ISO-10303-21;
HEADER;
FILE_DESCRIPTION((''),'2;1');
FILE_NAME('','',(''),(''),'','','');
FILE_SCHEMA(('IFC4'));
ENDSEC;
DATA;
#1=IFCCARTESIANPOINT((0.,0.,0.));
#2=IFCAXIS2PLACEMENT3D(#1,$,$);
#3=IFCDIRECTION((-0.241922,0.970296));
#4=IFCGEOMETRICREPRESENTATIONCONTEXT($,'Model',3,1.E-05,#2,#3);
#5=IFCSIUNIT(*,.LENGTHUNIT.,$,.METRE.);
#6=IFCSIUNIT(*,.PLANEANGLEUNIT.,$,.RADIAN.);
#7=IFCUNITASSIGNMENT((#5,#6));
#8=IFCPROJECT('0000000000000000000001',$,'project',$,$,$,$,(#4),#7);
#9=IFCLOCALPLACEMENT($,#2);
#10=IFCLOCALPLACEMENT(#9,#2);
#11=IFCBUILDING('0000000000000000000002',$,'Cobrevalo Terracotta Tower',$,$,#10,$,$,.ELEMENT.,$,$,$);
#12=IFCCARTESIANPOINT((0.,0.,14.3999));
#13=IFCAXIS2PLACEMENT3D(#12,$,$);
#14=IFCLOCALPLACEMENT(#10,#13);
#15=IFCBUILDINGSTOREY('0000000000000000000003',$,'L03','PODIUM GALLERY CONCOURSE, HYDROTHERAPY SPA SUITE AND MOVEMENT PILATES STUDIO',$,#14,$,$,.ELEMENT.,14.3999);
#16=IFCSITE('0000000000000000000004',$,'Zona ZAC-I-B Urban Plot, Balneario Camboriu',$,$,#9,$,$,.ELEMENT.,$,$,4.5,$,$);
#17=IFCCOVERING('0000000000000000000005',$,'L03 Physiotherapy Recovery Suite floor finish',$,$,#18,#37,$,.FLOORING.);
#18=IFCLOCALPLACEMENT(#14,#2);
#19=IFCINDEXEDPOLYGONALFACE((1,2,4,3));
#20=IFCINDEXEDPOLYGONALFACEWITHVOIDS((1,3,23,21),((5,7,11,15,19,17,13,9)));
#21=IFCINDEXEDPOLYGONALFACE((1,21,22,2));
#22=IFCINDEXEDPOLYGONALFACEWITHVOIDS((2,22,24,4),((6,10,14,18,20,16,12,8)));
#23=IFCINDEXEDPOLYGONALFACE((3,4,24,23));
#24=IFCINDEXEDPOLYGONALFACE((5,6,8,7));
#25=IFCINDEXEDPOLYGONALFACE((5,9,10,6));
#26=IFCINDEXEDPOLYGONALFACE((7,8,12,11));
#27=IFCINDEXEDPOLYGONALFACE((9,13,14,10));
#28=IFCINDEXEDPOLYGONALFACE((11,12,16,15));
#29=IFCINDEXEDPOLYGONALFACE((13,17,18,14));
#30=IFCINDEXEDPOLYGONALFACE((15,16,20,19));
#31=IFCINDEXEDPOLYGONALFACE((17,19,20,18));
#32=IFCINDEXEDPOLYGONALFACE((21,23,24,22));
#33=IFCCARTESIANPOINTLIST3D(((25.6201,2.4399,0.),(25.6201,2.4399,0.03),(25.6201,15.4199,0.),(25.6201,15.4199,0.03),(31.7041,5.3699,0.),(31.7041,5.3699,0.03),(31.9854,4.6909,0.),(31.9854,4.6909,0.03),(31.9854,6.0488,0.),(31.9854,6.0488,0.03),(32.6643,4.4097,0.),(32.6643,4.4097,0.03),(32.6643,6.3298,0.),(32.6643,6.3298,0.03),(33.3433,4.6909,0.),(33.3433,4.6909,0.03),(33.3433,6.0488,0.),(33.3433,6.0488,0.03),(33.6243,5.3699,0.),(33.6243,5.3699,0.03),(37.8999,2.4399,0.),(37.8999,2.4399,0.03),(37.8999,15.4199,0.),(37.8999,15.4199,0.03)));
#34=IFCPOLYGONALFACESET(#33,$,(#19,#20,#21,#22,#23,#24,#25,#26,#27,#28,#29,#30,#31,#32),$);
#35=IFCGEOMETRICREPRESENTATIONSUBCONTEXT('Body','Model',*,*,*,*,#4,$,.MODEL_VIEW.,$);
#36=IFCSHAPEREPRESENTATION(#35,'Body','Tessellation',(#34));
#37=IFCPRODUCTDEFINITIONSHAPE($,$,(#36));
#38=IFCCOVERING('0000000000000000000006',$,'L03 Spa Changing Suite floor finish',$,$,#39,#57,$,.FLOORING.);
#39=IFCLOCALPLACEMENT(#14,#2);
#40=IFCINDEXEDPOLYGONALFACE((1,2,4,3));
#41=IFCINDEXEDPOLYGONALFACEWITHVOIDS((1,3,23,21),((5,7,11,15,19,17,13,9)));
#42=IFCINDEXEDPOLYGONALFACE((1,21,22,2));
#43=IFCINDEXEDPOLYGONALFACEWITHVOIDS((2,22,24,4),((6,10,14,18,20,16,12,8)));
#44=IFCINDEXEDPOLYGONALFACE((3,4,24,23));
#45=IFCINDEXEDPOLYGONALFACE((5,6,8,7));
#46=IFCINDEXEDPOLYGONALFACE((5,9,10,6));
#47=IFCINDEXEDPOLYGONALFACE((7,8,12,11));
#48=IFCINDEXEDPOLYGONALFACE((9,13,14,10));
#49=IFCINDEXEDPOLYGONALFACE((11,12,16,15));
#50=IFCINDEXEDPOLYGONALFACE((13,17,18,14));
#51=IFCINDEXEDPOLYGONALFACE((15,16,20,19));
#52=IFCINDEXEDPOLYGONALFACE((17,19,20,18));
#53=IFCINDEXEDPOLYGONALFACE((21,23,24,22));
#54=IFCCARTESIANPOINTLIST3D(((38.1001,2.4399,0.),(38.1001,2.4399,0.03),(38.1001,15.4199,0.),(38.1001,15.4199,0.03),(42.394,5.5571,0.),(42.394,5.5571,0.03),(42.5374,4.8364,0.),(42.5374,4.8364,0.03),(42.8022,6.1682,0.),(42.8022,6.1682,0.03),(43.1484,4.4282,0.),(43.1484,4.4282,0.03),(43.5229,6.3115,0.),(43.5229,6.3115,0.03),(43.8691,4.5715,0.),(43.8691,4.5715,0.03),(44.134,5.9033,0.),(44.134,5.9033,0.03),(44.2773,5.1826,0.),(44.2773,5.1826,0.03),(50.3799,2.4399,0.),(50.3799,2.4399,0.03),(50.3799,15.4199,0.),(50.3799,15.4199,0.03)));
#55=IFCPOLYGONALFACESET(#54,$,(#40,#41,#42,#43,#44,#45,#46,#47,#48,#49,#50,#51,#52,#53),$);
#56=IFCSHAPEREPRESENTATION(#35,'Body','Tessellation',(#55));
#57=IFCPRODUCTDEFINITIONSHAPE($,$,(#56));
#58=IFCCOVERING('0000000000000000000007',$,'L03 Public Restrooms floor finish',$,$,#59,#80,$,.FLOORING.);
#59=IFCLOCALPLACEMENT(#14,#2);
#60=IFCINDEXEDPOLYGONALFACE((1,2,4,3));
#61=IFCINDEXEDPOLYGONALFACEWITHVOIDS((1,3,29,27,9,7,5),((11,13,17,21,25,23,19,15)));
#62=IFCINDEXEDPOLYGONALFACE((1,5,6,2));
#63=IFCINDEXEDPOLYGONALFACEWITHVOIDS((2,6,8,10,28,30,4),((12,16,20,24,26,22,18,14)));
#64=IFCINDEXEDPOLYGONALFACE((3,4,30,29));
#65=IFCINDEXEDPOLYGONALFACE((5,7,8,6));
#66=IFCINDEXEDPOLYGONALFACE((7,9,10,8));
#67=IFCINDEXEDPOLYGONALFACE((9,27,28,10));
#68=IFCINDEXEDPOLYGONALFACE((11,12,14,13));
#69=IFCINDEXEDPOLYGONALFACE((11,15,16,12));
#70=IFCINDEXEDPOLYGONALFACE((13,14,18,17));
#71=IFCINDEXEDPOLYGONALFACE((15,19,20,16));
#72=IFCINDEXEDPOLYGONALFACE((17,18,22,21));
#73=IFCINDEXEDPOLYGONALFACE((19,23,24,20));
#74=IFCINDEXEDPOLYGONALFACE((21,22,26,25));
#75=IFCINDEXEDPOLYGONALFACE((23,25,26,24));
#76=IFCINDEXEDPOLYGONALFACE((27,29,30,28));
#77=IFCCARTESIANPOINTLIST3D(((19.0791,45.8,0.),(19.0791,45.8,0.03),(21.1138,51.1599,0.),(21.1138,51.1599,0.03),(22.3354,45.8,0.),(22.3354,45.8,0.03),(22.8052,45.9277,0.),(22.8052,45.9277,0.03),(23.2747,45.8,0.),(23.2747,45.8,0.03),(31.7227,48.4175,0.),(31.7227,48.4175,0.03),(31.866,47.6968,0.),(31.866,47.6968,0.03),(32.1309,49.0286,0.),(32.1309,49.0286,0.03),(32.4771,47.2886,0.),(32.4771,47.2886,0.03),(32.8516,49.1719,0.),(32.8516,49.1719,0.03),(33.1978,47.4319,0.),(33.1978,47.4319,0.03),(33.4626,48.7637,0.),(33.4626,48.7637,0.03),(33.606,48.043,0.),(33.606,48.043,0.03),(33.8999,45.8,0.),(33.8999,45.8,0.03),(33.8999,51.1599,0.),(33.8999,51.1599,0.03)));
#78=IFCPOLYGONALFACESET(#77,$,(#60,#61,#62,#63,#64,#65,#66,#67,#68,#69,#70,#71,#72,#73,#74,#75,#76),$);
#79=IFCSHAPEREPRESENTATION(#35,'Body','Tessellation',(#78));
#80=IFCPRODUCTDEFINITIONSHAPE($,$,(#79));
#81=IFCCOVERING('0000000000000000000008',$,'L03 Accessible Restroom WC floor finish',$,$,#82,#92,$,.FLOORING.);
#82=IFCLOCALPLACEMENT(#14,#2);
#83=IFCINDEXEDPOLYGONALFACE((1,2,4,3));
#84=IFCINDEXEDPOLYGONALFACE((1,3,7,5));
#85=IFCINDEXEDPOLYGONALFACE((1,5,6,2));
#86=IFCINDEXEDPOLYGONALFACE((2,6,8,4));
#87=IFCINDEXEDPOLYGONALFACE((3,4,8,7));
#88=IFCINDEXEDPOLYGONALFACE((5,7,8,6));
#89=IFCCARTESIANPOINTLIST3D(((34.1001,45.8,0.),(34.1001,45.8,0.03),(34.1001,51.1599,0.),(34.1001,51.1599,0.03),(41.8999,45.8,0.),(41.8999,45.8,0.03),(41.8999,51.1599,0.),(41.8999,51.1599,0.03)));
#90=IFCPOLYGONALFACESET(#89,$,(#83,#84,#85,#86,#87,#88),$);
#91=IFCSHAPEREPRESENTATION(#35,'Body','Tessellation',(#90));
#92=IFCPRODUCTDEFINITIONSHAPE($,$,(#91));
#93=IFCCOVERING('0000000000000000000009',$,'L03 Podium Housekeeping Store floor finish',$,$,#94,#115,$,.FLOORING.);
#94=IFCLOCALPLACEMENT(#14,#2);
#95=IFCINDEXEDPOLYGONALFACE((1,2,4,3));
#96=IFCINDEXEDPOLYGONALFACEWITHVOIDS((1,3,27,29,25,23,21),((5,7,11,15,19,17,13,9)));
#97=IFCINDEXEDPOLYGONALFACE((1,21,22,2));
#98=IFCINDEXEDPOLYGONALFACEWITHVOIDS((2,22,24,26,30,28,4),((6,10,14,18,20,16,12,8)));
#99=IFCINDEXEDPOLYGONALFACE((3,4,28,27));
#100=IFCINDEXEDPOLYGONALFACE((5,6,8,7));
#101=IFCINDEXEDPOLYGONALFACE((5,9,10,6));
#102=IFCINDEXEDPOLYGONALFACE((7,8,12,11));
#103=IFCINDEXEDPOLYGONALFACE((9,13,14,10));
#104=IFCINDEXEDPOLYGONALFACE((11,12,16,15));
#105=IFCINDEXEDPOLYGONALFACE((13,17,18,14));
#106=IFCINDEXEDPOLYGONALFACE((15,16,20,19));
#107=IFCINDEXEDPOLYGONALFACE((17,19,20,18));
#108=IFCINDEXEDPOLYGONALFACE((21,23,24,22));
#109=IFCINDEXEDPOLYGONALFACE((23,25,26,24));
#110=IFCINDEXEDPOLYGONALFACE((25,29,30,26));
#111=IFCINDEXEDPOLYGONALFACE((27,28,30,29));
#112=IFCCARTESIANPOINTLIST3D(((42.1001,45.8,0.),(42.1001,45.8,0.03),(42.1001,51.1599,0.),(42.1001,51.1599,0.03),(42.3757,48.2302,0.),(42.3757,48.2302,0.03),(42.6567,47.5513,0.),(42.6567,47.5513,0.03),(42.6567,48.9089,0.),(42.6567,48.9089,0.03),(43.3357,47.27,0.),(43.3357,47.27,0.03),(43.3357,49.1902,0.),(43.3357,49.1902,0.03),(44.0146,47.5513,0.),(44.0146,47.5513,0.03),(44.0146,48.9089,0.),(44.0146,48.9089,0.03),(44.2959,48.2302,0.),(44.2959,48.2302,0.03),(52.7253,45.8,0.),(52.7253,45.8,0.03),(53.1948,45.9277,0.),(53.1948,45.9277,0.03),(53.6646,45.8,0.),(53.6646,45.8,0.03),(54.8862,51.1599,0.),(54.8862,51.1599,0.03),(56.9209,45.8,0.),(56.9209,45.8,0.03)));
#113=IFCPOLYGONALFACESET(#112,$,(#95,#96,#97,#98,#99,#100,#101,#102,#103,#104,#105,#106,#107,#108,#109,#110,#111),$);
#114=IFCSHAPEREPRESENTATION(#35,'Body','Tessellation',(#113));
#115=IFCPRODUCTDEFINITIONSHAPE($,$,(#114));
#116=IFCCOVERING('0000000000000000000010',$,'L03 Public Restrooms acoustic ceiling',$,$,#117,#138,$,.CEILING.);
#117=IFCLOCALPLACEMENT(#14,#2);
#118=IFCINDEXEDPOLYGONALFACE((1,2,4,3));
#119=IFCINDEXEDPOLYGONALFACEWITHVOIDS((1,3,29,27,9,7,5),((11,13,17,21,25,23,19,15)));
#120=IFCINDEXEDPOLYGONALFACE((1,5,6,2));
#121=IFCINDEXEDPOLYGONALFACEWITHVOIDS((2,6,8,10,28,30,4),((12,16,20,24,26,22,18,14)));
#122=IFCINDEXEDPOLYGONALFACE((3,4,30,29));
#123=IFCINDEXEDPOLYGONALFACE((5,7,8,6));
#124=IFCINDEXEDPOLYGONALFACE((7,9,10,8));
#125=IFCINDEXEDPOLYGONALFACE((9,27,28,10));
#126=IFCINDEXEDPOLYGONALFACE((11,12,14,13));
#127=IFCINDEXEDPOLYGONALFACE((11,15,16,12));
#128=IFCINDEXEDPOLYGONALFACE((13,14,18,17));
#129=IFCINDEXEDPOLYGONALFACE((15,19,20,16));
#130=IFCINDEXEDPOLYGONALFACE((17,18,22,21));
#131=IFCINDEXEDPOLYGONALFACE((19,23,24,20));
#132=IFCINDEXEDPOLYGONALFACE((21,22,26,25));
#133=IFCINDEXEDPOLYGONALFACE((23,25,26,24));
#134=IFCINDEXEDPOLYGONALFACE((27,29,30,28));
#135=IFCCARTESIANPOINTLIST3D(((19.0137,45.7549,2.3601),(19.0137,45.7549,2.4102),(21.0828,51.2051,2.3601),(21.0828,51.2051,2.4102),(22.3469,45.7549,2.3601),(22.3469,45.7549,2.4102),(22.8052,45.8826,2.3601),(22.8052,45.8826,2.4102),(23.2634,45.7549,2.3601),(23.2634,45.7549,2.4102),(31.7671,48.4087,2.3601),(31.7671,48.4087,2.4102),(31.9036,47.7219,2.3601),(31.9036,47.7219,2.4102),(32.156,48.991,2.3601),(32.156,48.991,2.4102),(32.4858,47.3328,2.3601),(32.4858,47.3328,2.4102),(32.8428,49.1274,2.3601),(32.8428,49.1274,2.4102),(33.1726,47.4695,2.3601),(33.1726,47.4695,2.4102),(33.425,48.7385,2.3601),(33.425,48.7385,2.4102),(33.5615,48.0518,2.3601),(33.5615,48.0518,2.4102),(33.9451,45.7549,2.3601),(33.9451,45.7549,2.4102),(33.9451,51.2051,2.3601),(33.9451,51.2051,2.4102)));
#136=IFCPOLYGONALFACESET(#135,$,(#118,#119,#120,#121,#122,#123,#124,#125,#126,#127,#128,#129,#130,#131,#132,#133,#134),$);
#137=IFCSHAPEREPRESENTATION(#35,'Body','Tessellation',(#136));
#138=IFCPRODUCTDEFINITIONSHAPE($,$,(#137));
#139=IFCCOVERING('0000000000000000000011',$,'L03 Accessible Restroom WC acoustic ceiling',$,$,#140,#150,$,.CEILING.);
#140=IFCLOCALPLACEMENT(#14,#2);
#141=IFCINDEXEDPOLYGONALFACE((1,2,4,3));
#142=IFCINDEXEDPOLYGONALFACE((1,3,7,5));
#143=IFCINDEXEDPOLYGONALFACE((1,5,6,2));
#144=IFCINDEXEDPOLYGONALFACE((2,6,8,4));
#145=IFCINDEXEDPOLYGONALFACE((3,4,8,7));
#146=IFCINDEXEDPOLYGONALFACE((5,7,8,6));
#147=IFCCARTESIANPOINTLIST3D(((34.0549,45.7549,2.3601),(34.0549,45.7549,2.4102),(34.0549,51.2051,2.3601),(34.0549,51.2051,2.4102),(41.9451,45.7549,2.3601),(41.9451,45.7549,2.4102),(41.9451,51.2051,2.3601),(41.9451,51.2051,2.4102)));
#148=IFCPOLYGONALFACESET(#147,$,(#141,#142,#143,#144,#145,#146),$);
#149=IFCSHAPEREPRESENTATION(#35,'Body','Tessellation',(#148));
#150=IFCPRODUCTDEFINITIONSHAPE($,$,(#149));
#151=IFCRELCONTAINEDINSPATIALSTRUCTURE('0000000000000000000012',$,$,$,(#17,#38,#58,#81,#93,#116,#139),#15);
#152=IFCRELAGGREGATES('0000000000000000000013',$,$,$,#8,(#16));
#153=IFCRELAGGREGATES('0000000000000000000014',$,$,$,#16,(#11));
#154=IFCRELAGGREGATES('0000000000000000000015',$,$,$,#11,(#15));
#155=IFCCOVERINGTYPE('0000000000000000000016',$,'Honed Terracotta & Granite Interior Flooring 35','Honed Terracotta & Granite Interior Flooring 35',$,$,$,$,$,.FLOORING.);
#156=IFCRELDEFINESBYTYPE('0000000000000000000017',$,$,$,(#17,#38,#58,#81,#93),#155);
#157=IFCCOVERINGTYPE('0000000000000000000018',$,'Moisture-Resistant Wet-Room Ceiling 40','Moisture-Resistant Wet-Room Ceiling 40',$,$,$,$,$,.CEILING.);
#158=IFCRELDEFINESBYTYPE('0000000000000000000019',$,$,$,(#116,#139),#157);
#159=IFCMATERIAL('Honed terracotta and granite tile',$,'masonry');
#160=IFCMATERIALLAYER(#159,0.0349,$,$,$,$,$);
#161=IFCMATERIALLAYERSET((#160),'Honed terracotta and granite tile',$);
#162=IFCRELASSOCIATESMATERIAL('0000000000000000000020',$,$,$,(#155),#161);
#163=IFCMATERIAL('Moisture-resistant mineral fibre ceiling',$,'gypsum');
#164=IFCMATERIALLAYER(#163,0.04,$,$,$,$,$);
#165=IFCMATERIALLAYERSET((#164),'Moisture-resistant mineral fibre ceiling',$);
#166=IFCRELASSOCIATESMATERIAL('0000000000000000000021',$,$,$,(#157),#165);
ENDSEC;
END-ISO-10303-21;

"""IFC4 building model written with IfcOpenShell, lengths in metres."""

from ifc_helpers import new_model, si_unit, direction, frame, origin, place, context, subcontext, project, spatial, polyline, outline, extrude, material, layer, layer_set, type_object, element, save


model = new_model("IFC4")

# Units and contexts
model_context = context("Model", 3, precision=1e-05, world=origin(), true_north=direction((-0.241922, 0.970296)))
body_context = subcontext(model_context, "Body", "Model", "MODEL_VIEW")
ifc_project = project(units=[si_unit("LENGTHUNIT", "METRE"), si_unit("PLANEANGLEUNIT", "RADIAN")], contexts=[model_context])

# Site, building, storey
site_placement = place(None, origin())
site = spatial("IfcSite", under=ifc_project, at=site_placement, Name="Zona ZAC-I-B Urban Plot, Balneario Camboriu", CompositionType="ELEMENT", RefElevation=4.5)
building_placement = place(site_placement, origin())
building = spatial("IfcBuilding", under=site, at=building_placement, Name="Cobrevalo Terracotta Tower", CompositionType="ELEMENT")
storey_placement = place(building_placement, frame((0.0, 0.0, 14.3999)))
storey = spatial("IfcBuildingStorey", under=building, at=storey_placement, Name="L03", Description="PODIUM GALLERY CONCOURSE, HYDROTHERAPY SPA SUITE AND MOVEMENT PILATES STUDIO", CompositionType="ELEMENT", Elevation=14.3999)

# Coverings
ifc_material_1 = material(Name="Honed terracotta and granite tile", Category="masonry")
ifc_layer_1 = layer(ifc_material_1, 0.0349)
ifc_layer_set_1 = layer_set([ifc_layer_1], Name="Honed terracotta and granite tile")
covering_type_1 = type_object("IfcCoveringType", Name="Honed Terracotta & Granite Interior Flooring 35", Description="Honed Terracotta & Granite Interior Flooring 35", PredefinedType="FLOORING", material=ifc_layer_set_1)
covering_1_placement = place(storey_placement, origin())
element("IfcCovering", 1, at=covering_1_placement, inside=storey, type_object=covering_type_1, Name="L03 Physiotherapy Recovery Suite floor finish", PredefinedType="FLOORING", context=body_context, shape_type="SweptSolid", body=[
    extrude(outline(polyline([(25.6201, 15.4199), (37.8999, 15.4199), (37.8999, 2.4399), (25.6201, 2.4399), (25.6201, 15.4199)]), holes=[polyline([(33.3433, 4.6909), (33.6243, 5.3699), (33.3433, 6.0488), (32.6643, 6.3298), (31.9854, 6.0488), (31.7041, 5.3699), (31.9854, 4.6909), (32.6643, 4.4097), (33.3433, 4.6909)])]), origin(), (0.0, 0.0, 1.0), 0.03),
])
covering_2_placement = place(storey_placement, origin())
element("IfcCovering", 2, at=covering_2_placement, inside=storey, type_object=covering_type_1, Name="L03 Spa Changing Suite floor finish", PredefinedType="FLOORING", context=body_context, shape_type="SweptSolid", body=[
    extrude(outline(polyline([(38.1001, 15.4199), (50.3799, 15.4199), (50.3799, 2.4399), (38.1001, 2.4399), (38.1001, 15.4199)]), holes=[polyline([(43.8691, 4.5715), (44.2773, 5.1826), (44.134, 5.9033), (43.5229, 6.3115), (42.8022, 6.1682), (42.394, 5.5571), (42.5374, 4.8364), (43.1484, 4.4282), (43.8691, 4.5715)])]), origin(), (0.0, 0.0, 1.0), 0.03),
])
covering_3_placement = place(storey_placement, origin())
element("IfcCovering", 3, at=covering_3_placement, inside=storey, type_object=covering_type_1, Name="L03 Public Restrooms floor finish", PredefinedType="FLOORING", context=body_context, shape_type="SweptSolid", body=[
    extrude(outline(polyline([(33.8999, 45.8), (23.2747, 45.8), (22.8052, 45.9277), (22.3354, 45.8), (19.0791, 45.8), (21.1138, 51.1599), (33.8999, 51.1599), (33.8999, 45.8)]), holes=[polyline([(33.1978, 47.4319), (33.606, 48.043), (33.4626, 48.7637), (32.8516, 49.1719), (32.1309, 49.0286), (31.7227, 48.4175), (31.866, 47.6968), (32.4771, 47.2886), (33.1978, 47.4319)])]), origin(), (0.0, 0.0, 1.0), 0.03),
])
covering_4_placement = place(storey_placement, origin())
element("IfcCovering", 4, at=covering_4_placement, inside=storey, type_object=covering_type_1, Name="L03 Accessible Restroom WC floor finish", PredefinedType="FLOORING", context=body_context, shape_type="SweptSolid", body=[
    extrude(outline(polyline([(41.8999, 45.8), (34.1001, 45.8), (34.1001, 51.1599), (41.8999, 51.1599), (41.8999, 45.8)])), origin(), (0.0, 0.0, 1.0), 0.03),
])
covering_5_placement = place(storey_placement, origin())
element("IfcCovering", 5, at=covering_5_placement, inside=storey, type_object=covering_type_1, Name="L03 Podium Housekeeping Store floor finish", PredefinedType="FLOORING", context=body_context, shape_type="SweptSolid", body=[
    extrude(outline(polyline([(56.9209, 45.8), (53.6646, 45.8), (53.1948, 45.9277), (52.7253, 45.8), (42.1001, 45.8), (42.1001, 51.1599), (54.8862, 51.1599), (56.9209, 45.8)]), holes=[polyline([(44.0146, 47.5513), (44.2959, 48.2302), (44.0146, 48.9089), (43.3357, 49.1902), (42.6567, 48.9089), (42.3757, 48.2302), (42.6567, 47.5513), (43.3357, 47.27), (44.0146, 47.5513)])]), origin(), (0.0, 0.0, 1.0), 0.03),
])
ifc_material_2 = material(Name="Moisture-resistant mineral fibre ceiling", Category="gypsum")
ifc_layer_2 = layer(ifc_material_2, 0.04)
ifc_layer_set_2 = layer_set([ifc_layer_2], Name="Moisture-resistant mineral fibre ceiling")
covering_type_2 = type_object("IfcCoveringType", Name="Moisture-Resistant Wet-Room Ceiling 40", Description="Moisture-Resistant Wet-Room Ceiling 40", PredefinedType="CEILING", material=ifc_layer_set_2)
covering_6_placement = place(storey_placement, frame((0.0, 0.0, 2.3601)))
element("IfcCovering", 6, at=covering_6_placement, inside=storey, type_object=covering_type_2, Name="L03 Public Restrooms acoustic ceiling", PredefinedType="CEILING", context=body_context, shape_type="SweptSolid", body=[
    extrude(outline(polyline([(33.9451, 45.7549), (23.2634, 45.7549), (22.8052, 45.8826), (22.3469, 45.7549), (19.0137, 45.7549), (21.0828, 51.2051), (33.9451, 51.2051), (33.9451, 45.7549)]), holes=[polyline([(33.1726, 47.4695), (33.5615, 48.0518), (33.425, 48.7385), (32.8428, 49.1274), (32.156, 48.991), (31.7671, 48.4087), (31.9036, 47.7219), (32.4858, 47.3328), (33.1726, 47.4695)])]), origin(), (0.0, 0.0, 1.0), 0.05),
])
covering_7_placement = place(storey_placement, frame((0.0, 0.0, 2.3601)))
element("IfcCovering", 7, at=covering_7_placement, inside=storey, type_object=covering_type_2, Name="L03 Accessible Restroom WC acoustic ceiling", PredefinedType="CEILING", context=body_context, shape_type="SweptSolid", body=[
    extrude(outline(polyline([(41.9451, 45.7549), (34.0549, 45.7549), (34.0549, 51.2051), (41.9451, 51.2051), (41.9451, 45.7549)])), origin(), (0.0, 0.0, 1.0), 0.05),
])

save(model, "model.ifc")
